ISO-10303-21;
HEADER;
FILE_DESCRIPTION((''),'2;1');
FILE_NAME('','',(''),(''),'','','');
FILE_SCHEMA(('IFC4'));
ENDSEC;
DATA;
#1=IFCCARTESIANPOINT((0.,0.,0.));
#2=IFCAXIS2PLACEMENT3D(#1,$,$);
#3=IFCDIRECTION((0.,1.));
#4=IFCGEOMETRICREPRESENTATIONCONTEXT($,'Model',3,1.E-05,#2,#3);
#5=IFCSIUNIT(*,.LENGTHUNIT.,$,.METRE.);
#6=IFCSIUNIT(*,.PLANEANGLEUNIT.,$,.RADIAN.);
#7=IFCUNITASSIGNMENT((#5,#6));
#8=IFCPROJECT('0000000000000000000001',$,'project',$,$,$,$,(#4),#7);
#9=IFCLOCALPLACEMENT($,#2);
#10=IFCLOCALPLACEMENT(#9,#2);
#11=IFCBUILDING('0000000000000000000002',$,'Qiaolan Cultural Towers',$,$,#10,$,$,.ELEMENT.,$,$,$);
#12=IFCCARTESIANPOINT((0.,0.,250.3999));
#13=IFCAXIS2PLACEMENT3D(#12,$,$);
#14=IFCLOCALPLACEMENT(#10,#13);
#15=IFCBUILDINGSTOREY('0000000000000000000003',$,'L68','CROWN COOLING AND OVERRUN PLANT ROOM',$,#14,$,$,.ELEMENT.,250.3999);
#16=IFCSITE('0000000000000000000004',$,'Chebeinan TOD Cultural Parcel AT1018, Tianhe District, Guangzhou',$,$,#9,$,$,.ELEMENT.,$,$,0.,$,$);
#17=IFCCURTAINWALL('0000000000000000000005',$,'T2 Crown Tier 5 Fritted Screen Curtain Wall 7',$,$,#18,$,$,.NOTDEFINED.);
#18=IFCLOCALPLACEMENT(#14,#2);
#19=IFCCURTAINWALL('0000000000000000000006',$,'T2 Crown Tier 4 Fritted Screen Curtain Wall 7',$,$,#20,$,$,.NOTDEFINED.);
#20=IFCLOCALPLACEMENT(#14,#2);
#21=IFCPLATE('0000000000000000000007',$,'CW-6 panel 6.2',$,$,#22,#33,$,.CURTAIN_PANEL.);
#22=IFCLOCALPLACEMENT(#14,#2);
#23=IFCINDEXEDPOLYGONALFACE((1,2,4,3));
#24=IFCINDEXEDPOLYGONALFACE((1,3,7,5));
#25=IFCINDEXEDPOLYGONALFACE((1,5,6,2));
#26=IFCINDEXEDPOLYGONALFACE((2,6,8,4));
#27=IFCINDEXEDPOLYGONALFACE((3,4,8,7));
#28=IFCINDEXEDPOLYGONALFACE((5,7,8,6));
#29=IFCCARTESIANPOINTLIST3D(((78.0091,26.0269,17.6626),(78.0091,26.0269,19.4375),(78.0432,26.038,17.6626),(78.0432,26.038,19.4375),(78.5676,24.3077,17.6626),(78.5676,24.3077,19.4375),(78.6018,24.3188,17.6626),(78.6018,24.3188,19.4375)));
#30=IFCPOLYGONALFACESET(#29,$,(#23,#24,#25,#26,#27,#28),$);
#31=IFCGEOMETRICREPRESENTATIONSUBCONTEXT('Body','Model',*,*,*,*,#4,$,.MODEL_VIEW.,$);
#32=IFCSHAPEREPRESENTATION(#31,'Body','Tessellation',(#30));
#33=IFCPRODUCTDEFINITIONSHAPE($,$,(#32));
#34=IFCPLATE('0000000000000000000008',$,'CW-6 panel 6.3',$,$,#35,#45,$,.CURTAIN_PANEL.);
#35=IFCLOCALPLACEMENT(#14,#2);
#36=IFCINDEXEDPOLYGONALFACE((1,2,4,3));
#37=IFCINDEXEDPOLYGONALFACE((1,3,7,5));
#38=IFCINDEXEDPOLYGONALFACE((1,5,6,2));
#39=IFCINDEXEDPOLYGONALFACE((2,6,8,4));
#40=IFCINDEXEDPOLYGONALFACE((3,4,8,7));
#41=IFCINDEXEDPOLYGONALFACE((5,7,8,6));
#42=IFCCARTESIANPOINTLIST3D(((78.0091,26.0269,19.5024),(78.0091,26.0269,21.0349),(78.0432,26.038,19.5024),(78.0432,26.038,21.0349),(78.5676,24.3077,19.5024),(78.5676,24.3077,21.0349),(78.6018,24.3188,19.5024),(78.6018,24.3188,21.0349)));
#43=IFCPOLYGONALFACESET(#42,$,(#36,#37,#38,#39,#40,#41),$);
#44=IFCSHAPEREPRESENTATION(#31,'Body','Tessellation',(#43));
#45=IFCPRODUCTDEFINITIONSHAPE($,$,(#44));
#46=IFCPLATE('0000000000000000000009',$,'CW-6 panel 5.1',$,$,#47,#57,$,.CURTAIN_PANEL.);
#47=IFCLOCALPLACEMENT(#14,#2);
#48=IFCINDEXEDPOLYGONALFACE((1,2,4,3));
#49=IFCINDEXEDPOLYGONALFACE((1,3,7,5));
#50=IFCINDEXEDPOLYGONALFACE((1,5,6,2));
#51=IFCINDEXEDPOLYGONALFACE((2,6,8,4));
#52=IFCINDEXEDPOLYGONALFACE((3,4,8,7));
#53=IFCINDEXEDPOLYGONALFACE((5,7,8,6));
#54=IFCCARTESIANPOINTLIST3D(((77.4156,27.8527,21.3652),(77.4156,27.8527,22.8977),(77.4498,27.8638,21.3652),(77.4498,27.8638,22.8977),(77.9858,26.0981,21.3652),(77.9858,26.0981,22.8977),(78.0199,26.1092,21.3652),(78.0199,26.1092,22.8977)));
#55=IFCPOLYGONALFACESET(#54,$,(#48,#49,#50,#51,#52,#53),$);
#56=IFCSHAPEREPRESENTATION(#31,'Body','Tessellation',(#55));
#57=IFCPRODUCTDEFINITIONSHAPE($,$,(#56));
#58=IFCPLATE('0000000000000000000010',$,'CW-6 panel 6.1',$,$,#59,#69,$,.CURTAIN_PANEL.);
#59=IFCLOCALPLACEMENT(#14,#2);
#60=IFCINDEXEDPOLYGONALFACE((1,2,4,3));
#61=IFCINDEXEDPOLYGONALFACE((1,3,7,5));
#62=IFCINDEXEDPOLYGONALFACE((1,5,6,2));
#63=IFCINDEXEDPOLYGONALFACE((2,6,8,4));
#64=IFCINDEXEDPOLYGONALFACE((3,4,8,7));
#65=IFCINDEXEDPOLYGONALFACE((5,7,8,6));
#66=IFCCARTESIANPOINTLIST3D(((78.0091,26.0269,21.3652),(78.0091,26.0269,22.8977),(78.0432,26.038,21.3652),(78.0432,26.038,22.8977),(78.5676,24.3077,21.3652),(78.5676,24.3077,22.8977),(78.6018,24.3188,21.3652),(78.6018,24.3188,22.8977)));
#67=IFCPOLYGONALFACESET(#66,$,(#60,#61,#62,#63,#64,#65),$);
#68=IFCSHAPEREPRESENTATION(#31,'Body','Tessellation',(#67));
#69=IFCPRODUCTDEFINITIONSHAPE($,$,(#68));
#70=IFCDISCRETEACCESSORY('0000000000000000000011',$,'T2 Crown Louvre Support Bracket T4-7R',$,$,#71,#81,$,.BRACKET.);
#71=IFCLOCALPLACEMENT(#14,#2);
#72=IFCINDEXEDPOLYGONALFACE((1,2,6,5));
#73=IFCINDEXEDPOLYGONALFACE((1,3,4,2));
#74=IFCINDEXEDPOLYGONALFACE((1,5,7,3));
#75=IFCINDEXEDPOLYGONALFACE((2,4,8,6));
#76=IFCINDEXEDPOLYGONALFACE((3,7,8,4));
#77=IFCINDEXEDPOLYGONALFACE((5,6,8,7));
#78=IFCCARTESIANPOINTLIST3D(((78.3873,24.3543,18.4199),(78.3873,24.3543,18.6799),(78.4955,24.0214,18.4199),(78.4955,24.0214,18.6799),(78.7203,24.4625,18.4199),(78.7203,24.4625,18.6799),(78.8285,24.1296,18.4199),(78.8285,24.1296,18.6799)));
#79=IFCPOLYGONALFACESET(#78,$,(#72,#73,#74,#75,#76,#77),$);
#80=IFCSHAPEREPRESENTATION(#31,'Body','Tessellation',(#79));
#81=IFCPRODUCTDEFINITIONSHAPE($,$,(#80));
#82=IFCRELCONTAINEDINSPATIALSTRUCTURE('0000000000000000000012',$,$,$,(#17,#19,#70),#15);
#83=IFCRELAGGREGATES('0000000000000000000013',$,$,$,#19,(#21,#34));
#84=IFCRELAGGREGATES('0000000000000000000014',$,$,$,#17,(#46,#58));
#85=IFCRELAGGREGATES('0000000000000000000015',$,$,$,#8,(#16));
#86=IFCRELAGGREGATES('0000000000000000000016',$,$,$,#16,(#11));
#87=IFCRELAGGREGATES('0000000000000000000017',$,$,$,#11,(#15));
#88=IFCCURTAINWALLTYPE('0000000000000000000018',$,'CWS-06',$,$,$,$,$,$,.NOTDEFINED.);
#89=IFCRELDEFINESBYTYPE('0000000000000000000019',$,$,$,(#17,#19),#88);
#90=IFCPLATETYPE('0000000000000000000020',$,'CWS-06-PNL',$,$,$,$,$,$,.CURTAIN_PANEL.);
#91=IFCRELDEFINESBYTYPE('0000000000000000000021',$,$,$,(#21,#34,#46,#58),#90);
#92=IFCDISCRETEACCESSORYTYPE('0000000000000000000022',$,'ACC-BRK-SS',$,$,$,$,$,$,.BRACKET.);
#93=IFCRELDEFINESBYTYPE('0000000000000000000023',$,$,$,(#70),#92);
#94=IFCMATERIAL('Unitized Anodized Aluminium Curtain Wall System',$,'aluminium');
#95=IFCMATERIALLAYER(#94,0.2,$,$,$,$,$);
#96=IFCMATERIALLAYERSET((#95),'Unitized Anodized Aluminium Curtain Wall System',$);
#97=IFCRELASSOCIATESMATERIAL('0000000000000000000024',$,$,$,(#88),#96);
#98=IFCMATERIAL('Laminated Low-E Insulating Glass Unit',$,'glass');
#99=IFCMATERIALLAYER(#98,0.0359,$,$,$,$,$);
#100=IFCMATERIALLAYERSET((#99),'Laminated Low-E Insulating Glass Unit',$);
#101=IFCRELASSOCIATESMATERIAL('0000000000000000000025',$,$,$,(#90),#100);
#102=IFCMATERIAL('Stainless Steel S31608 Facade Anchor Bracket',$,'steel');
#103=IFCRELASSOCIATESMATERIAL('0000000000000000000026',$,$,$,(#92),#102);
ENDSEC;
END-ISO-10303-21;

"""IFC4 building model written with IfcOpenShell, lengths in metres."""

from ifc_helpers import new_model, si_unit, direction, frame, origin, origin_2d, place, context, subcontext, project, spatial, rectangle, extrude, material, layer, layer_set, type_object, element, aggregate, save


model = new_model("IFC4")

# Units and contexts
model_context = context("Model", 3, precision=1e-05, world=origin(), true_north=direction((0.0, 1.0)))
body_context = subcontext(model_context, "Body", "Model", "MODEL_VIEW")
ifc_project = project(units=[si_unit("LENGTHUNIT", "METRE"), si_unit("PLANEANGLEUNIT", "RADIAN")], contexts=[model_context])

# Site, building, storey
site_placement = place(None, origin())
site = spatial("IfcSite", under=ifc_project, at=site_placement, Name="Chebeinan TOD Cultural Parcel AT1018, Tianhe District, Guangzhou", CompositionType="ELEMENT", RefElevation=0.0)
building_placement = place(site_placement, origin())
building = spatial("IfcBuilding", under=site, at=building_placement, Name="Qiaolan Cultural Towers", CompositionType="ELEMENT")
storey_placement = place(building_placement, frame((0.0, 0.0, 250.3999)))
storey = spatial("IfcBuildingStorey", under=building, at=storey_placement, Name="L68", Description="CROWN COOLING AND OVERRUN PLANT ROOM", CompositionType="ELEMENT", Elevation=250.3999)

# Curtain walls
ifc_material_1 = material(Name="Unitized Anodized Aluminium Curtain Wall System", Category="aluminium")
ifc_layer_1 = layer(ifc_material_1, 0.2)
ifc_layer_set_1 = layer_set([ifc_layer_1], Name="Unitized Anodized Aluminium Curtain Wall System")
curtain_wall_type = type_object("IfcCurtainWallType", Name="CWS-06", PredefinedType="NOTDEFINED", material=ifc_layer_set_1)
curtain_wall_1_placement = place(storey_placement, origin())
curtain_wall_1 = element("IfcCurtainWall", 1, at=curtain_wall_1_placement, inside=storey, type_object=curtain_wall_type, Name="T2 Crown Tier 5 Fritted Screen Curtain Wall 7", PredefinedType="NOTDEFINED")
curtain_wall_2_placement = place(storey_placement, origin())
curtain_wall_2 = element("IfcCurtainWall", 2, at=curtain_wall_2_placement, inside=storey, type_object=curtain_wall_type, Name="T2 Crown Tier 4 Fritted Screen Curtain Wall 7", PredefinedType="NOTDEFINED")

# Plates
ifc_material_2 = material(Name="Laminated Low-E Insulating Glass Unit", Category="glass")
ifc_layer_2 = layer(ifc_material_2, 0.0359)
ifc_layer_set_2 = layer_set([ifc_layer_2], Name="Laminated Low-E Insulating Glass Unit")
plate_type = type_object("IfcPlateType", Name="CWS-06-PNL", PredefinedType="CURTAIN_PANEL", material=ifc_layer_set_2)
plate_1_placement = place(storey_placement, frame((78.3054, 25.1729, 17.6626), z_axis=(0.0, 0.0, 1.0), x_axis=(0.309017, -0.951057, 0.0)))
plate_1 = element("IfcPlate", 3, at=plate_1_placement, type_object=plate_type, Name="CW-6 panel 6.2", PredefinedType="CURTAIN_PANEL", context=body_context, shape_type="SweptSolid", body=[
    extrude(rectangle(XDim=1.8076, YDim=0.0359, at=origin_2d()), origin(), (0.0, 0.0, 1.0), 1.7749),
])
plate_2_placement = place(storey_placement, frame((78.3054, 25.1729, 19.5024), z_axis=(0.0, 0.0, 1.0), x_axis=(0.309017, -0.951057, 0.0)))
plate_2 = element("IfcPlate", 4, at=plate_2_placement, type_object=plate_type, Name="CW-6 panel 6.3", PredefinedType="CURTAIN_PANEL", context=body_context, shape_type="SweptSolid", body=[
    extrude(rectangle(XDim=1.8076, YDim=0.0359, at=origin_2d()), origin(), (0.0, 0.0, 1.0), 1.5325),
])
aggregate(curtain_wall_2, [plate_1, plate_2])
plate_3_placement = place(storey_placement, frame((77.7178, 26.981, 21.3652), z_axis=(0.0, 0.0, 1.0), x_axis=(0.309017, -0.951057, 0.0)))
plate_3 = element("IfcPlate", 5, at=plate_3_placement, type_object=plate_type, Name="CW-6 panel 5.1", PredefinedType="CURTAIN_PANEL", context=body_context, shape_type="SweptSolid", body=[
    extrude(rectangle(XDim=1.845, YDim=0.0359, at=origin_2d()), origin(), (0.0, 0.0, 1.0), 1.5325),
])
plate_4_placement = place(storey_placement, frame((78.3054, 25.1729, 21.3652), z_axis=(0.0, 0.0, 1.0), x_axis=(0.309017, -0.951057, 0.0)))
plate_4 = element("IfcPlate", 6, at=plate_4_placement, type_object=plate_type, Name="CW-6 panel 6.1", PredefinedType="CURTAIN_PANEL", context=body_context, shape_type="SweptSolid", body=[
    extrude(rectangle(XDim=1.8076, YDim=0.0359, at=origin_2d()), origin(), (0.0, 0.0, 1.0), 1.5325),
])
aggregate(curtain_wall_1, [plate_3, plate_4])

# Discrete accessory
ifc_material_3 = material(Name="Stainless Steel S31608 Facade Anchor Bracket", Category="steel")
discrete_accessory_type = type_object("IfcDiscreteAccessoryType", Name="ACC-BRK-SS", PredefinedType="BRACKET", material=ifc_material_3)
discrete_accessory_placement = place(storey_placement, frame((78.6079, 24.2419, 18.4199), z_axis=(0.0, 0.0, 1.0), x_axis=(0.309017, -0.951057, 0.0)))
element("IfcDiscreteAccessory", 7, at=discrete_accessory_placement, inside=storey, type_object=discrete_accessory_type, Name="T2 Crown Louvre Support Bracket T4-7R", PredefinedType="BRACKET", context=body_context, shape_type="SweptSolid", body=[
    extrude(rectangle(XDim=0.3501, YDim=0.3501, at=origin_2d()), origin(), (0.0, 0.0, 1.0), 0.26),
])

save(model, "model.ifc")
